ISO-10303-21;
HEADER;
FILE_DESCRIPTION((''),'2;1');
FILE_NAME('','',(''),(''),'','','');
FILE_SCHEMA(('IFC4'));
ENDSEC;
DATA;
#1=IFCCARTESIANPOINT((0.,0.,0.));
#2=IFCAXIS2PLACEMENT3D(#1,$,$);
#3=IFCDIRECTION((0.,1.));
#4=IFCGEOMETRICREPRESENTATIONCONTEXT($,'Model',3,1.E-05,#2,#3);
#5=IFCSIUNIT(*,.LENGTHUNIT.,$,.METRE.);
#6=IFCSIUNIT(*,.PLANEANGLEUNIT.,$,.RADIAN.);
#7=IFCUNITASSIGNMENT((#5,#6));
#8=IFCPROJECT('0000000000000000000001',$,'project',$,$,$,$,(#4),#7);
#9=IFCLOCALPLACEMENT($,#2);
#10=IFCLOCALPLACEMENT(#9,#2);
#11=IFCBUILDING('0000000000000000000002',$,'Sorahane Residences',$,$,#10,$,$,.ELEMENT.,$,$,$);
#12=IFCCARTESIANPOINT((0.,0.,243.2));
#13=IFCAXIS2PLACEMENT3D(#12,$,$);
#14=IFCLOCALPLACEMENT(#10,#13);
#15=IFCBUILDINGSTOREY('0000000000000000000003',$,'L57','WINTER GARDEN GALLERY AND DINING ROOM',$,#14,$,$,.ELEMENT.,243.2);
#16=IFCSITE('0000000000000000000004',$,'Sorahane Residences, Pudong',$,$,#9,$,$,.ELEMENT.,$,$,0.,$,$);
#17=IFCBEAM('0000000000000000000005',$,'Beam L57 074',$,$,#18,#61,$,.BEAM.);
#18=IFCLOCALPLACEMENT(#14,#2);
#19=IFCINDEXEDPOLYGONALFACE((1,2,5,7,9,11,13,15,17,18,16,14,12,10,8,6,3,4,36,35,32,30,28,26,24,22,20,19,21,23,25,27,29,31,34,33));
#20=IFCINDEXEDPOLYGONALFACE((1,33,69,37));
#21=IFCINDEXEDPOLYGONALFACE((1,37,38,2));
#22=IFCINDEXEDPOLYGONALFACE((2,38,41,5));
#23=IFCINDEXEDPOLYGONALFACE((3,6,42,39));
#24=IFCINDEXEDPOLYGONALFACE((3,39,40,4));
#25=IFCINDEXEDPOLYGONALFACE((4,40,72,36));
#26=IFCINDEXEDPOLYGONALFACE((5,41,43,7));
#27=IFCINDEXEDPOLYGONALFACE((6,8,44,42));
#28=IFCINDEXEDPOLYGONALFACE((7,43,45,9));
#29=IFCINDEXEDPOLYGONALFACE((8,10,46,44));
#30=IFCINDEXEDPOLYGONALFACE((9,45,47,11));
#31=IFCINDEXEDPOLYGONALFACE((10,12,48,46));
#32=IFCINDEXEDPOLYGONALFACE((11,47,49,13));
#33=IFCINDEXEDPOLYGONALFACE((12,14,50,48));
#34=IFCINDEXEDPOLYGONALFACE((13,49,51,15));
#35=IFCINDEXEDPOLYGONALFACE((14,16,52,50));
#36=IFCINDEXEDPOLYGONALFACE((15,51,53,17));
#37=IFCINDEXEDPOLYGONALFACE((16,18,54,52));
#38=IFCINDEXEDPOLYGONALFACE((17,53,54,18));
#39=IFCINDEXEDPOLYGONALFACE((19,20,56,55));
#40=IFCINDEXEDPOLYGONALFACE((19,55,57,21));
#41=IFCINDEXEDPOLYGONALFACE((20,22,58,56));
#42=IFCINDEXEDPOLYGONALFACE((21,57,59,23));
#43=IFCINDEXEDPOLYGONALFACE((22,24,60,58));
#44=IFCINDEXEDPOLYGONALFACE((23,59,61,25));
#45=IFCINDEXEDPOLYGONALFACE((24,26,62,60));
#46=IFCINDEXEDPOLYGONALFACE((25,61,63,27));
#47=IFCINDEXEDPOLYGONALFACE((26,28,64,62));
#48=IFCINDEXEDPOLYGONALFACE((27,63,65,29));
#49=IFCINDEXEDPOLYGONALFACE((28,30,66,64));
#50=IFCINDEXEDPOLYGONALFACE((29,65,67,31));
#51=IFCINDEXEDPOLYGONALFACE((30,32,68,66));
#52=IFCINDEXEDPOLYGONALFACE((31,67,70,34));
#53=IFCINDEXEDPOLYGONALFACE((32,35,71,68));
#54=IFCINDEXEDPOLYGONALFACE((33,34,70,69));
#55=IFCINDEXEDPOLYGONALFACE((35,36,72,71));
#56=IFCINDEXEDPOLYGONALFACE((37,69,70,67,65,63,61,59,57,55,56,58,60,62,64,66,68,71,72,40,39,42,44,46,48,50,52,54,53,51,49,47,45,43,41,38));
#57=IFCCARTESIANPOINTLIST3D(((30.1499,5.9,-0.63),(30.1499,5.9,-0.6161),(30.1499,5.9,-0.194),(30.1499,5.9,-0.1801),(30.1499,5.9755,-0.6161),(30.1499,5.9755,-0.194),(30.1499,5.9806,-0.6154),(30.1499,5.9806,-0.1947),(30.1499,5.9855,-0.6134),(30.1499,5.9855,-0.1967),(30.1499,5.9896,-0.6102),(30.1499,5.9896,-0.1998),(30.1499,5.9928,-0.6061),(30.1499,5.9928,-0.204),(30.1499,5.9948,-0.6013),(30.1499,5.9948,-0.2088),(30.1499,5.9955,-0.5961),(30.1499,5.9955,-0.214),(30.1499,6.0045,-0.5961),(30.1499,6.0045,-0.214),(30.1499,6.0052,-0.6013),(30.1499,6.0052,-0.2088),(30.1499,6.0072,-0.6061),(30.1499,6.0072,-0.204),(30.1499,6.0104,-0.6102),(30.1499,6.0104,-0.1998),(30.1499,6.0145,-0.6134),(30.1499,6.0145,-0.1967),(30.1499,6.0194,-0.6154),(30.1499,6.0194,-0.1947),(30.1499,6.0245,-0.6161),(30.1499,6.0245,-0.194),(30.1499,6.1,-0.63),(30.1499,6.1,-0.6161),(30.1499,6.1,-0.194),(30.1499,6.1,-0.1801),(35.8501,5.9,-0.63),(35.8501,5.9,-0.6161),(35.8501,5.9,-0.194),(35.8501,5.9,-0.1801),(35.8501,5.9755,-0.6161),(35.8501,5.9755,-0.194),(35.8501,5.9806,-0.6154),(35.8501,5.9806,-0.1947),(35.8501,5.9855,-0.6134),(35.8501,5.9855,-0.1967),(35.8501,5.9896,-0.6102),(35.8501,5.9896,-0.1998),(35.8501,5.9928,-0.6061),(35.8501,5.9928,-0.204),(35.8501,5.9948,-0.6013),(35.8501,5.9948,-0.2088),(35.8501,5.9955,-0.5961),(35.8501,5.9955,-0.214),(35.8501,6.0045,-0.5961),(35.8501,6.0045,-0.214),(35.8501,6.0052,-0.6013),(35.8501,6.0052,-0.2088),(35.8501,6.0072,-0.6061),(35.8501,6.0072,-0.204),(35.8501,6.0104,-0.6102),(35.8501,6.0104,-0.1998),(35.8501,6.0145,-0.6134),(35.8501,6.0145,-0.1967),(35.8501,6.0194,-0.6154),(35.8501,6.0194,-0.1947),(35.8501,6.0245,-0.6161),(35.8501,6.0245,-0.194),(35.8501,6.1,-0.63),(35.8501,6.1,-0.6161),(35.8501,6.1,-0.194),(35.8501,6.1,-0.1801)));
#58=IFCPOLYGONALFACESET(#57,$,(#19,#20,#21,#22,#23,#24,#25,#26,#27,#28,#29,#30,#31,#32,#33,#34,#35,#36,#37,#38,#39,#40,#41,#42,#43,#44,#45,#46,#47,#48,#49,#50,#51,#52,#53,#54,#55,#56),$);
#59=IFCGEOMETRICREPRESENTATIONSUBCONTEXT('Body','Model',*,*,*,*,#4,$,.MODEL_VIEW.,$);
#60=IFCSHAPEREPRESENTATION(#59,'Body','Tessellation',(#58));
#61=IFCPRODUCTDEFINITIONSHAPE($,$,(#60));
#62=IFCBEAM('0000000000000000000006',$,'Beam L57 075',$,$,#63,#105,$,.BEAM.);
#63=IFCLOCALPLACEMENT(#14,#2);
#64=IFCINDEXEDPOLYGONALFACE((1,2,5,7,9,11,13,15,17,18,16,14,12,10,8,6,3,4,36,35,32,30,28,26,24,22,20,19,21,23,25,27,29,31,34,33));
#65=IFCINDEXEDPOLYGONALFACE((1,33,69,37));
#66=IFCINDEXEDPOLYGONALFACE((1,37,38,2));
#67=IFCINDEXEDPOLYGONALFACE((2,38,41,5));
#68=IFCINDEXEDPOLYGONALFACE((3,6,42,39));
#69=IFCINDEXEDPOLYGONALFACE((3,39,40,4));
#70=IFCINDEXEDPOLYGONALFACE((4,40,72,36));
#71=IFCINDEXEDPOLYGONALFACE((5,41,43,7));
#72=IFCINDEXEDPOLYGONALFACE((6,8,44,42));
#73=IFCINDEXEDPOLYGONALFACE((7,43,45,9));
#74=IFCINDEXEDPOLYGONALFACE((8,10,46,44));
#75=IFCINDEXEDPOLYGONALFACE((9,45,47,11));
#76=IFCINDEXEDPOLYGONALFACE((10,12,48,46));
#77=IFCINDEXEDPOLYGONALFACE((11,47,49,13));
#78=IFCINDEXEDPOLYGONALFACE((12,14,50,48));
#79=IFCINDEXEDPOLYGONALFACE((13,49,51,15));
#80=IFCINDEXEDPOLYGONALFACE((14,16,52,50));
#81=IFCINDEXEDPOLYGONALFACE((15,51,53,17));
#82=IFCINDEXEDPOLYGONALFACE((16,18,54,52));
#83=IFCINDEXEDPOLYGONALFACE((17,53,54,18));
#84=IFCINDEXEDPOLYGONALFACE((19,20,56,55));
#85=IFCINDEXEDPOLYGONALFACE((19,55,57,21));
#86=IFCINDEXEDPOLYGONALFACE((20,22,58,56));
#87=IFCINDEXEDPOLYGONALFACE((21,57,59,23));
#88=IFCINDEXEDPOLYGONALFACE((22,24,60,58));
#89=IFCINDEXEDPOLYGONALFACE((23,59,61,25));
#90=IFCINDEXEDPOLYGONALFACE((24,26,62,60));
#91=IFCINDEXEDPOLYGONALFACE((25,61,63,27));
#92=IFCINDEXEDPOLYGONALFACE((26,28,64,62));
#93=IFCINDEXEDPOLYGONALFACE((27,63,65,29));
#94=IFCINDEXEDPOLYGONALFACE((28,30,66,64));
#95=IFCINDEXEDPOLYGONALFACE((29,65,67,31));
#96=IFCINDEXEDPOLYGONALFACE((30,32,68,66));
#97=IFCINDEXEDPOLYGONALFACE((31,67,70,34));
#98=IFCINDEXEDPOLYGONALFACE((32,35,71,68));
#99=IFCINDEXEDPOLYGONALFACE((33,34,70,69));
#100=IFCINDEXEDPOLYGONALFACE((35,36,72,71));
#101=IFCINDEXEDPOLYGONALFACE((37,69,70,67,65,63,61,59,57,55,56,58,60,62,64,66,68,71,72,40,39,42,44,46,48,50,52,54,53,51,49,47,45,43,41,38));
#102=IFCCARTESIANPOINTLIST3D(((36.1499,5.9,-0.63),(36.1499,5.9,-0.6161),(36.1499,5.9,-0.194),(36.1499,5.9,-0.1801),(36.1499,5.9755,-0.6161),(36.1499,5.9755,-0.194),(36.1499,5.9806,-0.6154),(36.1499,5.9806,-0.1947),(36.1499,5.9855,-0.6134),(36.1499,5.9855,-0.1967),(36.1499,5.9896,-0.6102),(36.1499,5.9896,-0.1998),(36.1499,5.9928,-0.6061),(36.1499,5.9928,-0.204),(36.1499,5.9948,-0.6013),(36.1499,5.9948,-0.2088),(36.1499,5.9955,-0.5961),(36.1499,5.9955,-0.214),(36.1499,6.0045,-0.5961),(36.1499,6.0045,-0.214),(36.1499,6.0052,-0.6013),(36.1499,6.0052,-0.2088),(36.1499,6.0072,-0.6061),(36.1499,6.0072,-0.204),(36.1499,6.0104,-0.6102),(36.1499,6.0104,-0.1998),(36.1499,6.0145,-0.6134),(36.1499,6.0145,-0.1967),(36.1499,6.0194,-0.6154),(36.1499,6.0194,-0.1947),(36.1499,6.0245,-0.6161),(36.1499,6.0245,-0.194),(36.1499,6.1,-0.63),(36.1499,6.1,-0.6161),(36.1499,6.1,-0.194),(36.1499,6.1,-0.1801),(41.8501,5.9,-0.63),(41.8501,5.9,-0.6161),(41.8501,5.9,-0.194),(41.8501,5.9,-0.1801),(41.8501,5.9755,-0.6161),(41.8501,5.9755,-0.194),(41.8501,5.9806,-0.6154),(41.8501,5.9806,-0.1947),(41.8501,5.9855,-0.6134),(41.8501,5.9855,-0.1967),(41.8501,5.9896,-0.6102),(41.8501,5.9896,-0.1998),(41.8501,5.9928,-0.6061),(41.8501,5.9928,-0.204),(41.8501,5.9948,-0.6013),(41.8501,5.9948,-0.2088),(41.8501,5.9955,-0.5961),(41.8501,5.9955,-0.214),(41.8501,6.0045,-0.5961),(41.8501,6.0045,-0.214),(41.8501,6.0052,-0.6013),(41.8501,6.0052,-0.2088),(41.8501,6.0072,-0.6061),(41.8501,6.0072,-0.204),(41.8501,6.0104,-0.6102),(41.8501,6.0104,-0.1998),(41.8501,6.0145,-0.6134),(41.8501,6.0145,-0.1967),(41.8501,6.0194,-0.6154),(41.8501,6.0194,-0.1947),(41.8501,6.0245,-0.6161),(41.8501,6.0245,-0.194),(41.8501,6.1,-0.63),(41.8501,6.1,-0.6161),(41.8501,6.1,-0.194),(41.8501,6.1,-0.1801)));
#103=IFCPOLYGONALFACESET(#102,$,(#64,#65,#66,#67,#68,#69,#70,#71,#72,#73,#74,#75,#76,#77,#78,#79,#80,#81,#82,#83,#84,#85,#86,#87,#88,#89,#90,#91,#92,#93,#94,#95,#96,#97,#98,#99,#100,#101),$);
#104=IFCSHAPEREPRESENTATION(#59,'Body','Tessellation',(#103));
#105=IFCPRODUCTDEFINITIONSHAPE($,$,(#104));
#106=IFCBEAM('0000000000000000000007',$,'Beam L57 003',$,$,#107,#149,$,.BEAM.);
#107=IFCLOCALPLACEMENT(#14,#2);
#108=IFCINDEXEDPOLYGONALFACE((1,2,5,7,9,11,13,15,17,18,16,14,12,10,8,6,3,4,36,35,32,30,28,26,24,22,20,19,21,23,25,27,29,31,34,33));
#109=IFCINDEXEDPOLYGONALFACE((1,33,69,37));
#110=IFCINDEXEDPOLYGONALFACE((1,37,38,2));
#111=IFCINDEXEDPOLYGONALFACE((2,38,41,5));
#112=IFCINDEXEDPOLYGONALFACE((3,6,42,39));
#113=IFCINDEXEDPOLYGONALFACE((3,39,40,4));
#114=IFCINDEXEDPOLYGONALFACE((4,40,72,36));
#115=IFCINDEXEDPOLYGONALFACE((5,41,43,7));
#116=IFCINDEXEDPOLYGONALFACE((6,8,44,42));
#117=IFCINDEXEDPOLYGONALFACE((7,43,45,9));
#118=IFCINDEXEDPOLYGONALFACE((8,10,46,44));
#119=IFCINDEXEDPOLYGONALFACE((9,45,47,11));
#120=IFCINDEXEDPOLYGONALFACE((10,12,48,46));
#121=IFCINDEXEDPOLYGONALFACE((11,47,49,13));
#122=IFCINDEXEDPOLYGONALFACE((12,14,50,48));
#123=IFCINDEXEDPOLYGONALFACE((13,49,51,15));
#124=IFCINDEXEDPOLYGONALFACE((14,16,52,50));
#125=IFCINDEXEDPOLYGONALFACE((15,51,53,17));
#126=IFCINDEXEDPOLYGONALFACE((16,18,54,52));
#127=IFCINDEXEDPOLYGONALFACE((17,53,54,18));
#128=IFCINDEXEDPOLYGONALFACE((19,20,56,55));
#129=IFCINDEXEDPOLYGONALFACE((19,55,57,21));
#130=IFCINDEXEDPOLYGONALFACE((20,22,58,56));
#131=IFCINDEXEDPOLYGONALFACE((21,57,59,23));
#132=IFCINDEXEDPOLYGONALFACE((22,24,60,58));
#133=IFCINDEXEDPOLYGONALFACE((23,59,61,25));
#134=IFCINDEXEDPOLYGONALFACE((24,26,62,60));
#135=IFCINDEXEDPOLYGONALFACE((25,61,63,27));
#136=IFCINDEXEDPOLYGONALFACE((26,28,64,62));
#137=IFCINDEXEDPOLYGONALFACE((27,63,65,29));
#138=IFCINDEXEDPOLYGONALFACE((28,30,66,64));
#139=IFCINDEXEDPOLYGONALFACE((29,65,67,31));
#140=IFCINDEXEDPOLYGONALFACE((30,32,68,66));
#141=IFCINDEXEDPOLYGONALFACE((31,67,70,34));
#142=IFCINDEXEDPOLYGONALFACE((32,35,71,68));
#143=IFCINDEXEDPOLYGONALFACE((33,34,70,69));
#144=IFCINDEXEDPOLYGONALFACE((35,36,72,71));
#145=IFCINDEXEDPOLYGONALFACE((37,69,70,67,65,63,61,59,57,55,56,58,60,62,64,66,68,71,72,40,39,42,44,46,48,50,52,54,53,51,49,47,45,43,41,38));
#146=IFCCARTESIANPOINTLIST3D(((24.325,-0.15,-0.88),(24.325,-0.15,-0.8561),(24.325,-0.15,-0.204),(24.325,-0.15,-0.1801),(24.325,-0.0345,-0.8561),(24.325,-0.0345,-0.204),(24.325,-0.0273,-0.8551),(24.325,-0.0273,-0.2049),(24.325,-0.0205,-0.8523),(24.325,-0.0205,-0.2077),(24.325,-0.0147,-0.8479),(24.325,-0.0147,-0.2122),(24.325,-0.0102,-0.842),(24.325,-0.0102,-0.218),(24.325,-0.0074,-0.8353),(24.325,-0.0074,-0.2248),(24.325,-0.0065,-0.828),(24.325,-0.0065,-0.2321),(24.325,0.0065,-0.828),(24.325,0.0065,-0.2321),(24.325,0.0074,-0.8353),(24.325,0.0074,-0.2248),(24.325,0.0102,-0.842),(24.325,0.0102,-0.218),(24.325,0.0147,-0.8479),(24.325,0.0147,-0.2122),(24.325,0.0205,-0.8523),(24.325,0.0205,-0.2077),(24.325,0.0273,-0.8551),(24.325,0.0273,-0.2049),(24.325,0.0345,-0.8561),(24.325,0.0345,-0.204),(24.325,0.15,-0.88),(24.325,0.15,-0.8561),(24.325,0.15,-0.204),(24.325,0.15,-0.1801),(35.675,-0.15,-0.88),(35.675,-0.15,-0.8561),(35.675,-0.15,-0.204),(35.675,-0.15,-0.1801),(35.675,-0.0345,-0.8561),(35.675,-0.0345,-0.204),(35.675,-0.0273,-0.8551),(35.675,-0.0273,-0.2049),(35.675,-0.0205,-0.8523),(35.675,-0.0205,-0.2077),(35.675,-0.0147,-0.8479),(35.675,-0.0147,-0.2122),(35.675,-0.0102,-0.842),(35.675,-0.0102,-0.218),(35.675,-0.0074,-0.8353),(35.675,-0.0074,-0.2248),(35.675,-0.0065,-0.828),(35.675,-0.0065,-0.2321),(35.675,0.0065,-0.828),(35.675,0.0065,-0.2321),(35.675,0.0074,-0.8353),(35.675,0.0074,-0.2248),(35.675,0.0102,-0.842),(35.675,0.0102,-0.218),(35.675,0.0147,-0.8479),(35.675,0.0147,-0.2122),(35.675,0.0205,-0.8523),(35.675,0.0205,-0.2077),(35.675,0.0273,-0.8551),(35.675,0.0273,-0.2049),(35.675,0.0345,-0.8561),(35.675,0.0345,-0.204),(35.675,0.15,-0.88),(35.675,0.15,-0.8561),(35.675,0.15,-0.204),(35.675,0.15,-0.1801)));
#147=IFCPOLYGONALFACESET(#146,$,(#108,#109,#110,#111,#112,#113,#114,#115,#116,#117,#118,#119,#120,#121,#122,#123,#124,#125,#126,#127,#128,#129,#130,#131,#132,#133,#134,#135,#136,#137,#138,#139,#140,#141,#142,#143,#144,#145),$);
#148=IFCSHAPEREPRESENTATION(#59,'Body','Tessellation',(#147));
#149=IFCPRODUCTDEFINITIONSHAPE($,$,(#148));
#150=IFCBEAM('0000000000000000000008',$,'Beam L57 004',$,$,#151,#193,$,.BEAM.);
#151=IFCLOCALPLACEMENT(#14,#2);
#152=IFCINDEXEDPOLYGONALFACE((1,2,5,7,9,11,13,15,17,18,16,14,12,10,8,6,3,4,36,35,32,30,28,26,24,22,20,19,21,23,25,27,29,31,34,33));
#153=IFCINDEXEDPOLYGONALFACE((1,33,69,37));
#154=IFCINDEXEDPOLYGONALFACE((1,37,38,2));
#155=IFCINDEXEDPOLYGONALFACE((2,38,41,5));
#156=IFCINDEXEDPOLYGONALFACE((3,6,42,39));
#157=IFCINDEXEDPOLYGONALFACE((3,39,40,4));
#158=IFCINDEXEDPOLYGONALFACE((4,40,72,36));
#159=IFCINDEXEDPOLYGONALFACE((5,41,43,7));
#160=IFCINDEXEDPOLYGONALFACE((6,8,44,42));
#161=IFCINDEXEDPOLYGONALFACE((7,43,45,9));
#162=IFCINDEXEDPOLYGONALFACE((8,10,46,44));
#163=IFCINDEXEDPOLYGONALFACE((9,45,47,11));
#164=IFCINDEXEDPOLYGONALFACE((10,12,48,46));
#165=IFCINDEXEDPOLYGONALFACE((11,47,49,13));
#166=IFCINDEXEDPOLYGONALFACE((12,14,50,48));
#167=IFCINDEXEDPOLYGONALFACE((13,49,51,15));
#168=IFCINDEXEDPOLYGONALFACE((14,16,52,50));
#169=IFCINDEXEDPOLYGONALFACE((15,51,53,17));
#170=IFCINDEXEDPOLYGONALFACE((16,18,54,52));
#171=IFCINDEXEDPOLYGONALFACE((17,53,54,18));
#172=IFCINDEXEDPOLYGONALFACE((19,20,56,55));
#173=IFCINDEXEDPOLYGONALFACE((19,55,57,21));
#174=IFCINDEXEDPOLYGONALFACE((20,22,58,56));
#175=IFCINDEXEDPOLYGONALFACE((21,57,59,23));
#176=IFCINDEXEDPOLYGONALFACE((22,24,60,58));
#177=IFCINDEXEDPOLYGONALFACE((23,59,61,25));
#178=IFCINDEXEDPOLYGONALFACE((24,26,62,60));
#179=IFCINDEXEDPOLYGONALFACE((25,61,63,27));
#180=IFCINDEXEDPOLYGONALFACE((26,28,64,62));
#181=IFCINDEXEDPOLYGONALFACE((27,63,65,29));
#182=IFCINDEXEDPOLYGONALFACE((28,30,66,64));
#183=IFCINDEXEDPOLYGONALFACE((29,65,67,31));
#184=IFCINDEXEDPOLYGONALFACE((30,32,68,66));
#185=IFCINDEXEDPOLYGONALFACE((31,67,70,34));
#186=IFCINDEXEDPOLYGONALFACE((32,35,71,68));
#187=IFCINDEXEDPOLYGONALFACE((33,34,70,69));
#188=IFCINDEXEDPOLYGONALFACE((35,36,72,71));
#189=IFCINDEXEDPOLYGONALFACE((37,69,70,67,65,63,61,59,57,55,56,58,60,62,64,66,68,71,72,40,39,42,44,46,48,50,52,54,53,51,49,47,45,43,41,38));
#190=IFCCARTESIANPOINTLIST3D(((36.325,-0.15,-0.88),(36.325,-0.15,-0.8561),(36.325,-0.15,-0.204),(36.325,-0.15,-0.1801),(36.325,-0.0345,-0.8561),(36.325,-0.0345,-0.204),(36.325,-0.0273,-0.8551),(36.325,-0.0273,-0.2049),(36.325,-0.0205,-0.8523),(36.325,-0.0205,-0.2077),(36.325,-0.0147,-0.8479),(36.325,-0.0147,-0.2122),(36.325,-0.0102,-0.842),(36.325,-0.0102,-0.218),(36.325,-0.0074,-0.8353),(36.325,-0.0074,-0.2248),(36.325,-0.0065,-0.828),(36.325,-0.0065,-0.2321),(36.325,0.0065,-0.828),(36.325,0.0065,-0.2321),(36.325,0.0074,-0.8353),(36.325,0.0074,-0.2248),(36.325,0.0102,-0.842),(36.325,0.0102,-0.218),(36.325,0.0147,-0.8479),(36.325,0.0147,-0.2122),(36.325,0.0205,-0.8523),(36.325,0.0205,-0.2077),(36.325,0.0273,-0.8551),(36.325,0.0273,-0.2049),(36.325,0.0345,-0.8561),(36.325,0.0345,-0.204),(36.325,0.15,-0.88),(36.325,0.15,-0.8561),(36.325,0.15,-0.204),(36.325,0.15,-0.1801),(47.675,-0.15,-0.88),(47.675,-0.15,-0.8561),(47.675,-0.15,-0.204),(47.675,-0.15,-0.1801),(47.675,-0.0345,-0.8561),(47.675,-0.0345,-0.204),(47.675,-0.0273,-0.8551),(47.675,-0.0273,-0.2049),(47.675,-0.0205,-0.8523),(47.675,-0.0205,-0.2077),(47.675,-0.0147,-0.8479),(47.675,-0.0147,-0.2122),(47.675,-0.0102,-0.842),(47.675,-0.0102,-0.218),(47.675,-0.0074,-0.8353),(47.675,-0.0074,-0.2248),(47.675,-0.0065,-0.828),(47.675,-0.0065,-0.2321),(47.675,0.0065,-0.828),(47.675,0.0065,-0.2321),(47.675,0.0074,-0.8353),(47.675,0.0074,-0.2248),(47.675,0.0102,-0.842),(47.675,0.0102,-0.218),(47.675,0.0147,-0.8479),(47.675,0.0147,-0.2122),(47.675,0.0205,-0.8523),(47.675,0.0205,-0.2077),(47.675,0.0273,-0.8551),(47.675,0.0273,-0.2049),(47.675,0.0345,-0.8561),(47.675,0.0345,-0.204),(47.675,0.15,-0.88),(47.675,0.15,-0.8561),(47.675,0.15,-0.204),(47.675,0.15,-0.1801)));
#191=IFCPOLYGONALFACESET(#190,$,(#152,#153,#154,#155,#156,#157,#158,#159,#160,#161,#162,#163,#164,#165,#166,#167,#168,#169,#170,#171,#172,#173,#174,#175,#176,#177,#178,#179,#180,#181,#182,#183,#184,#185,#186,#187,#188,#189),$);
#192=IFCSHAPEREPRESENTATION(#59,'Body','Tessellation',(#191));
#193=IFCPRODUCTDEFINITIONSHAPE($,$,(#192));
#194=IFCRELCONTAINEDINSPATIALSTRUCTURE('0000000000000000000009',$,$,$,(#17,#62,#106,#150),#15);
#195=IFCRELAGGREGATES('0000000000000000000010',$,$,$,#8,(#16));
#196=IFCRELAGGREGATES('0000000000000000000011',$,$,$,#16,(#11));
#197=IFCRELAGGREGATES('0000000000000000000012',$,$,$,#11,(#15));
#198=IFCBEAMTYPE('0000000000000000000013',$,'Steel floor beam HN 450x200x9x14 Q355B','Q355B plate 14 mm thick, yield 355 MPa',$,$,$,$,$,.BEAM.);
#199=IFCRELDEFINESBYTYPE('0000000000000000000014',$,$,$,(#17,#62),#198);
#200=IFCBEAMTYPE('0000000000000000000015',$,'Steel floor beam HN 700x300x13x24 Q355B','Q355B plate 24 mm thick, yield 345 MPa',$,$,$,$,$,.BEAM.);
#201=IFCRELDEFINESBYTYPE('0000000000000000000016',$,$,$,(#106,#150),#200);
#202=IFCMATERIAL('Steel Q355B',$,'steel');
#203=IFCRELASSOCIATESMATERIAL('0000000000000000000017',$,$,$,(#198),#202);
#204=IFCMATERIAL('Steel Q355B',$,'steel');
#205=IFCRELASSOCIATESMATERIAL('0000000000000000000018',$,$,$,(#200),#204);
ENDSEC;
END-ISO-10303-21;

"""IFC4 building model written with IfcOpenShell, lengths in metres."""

from ifc_helpers import new_model, si_unit, direction, frame, origin, origin_2d, place, context, subcontext, project, spatial, i_section, extrude, material, material_profile, profile_set, type_object, element, save


model = new_model("IFC4")

# Units and contexts
model_context = context("Model", 3, precision=1e-05, world=origin(), true_north=direction((0.0, 1.0)))
body_context = subcontext(model_context, "Body", "Model", "MODEL_VIEW")
ifc_project = project(units=[si_unit("LENGTHUNIT", "METRE"), si_unit("PLANEANGLEUNIT", "RADIAN")], contexts=[model_context])

# Site, building, storey
site_placement = place(None, origin())
site = spatial("IfcSite", under=ifc_project, at=site_placement, Name="Sorahane Residences, Pudong", CompositionType="ELEMENT", RefElevation=0.0)
building_placement = place(site_placement, origin())
building = spatial("IfcBuilding", under=site, at=building_placement, Name="Sorahane Residences", CompositionType="ELEMENT")
storey_placement = place(building_placement, frame((0.0, 0.0, 243.2)))
storey = spatial("IfcBuildingStorey", under=building, at=storey_placement, Name="L57", Description="WINTER GARDEN GALLERY AND DINING ROOM", CompositionType="ELEMENT", Elevation=243.2)

# Beams
ifc_material_1 = material(Name="Steel Q355B", Category="steel")
ifc_material_profile_1 = material_profile(ifc_material_1, i_section(OverallWidth=0.2, OverallDepth=0.45, WebThickness=0.009, FlangeThickness=0.0139, FilletRadius=0.02, at=origin_2d()), Name="HN 450x200x9x14")
ifc_profile_set_1 = profile_set([ifc_material_profile_1], Name="Steel Q355B")
beam_type_1 = type_object("IfcBeamType", Name="Steel floor beam HN 450x200x9x14 Q355B", Description="Q355B plate 14 mm thick, yield 355 MPa", PredefinedType="BEAM", material=ifc_profile_set_1)
for number, where, z_axis, x_axis, name in (
    (1, (30.1499, 6.0, -0.405), (1.0, 0.0, 0.0), (0.0, 1.0, 0.0), "Beam L57 074"),
    (2, (36.1499, 6.0, -0.405), (1.0, 0.0, 0.0), (0.0, 1.0, 0.0), "Beam L57 075"),
):
    element("IfcBeam", number, at=place(storey_placement, frame(where, z_axis=z_axis, x_axis=x_axis)), inside=storey, type_object=beam_type_1, Name=name, PredefinedType="BEAM", context=body_context, shape_type="SweptSolid", body=[
        extrude(i_section(OverallWidth=0.2, OverallDepth=0.45, WebThickness=0.009, FlangeThickness=0.0139, FilletRadius=0.02, at=origin_2d()), origin(), (0.0, 0.0, 1.0), 5.7002),
    ])
ifc_material_2 = material(Name="Steel Q355B", Category="steel")
ifc_material_profile_2 = material_profile(ifc_material_2, i_section(OverallWidth=0.3, OverallDepth=0.7, WebThickness=0.0129, FlangeThickness=0.0239, FilletRadius=0.0281, at=origin_2d()), Name="HN 700x300x13x24")
ifc_profile_set_2 = profile_set([ifc_material_profile_2], Name="Steel Q355B")
beam_type_2 = type_object("IfcBeamType", Name="Steel floor beam HN 700x300x13x24 Q355B", Description="Q355B plate 24 mm thick, yield 345 MPa", PredefinedType="BEAM", material=ifc_profile_set_2)
for number, where, z_axis, x_axis, name in (
    (3, (24.325, 0.0, -0.53), (1.0, 0.0, 0.0), (0.0, 1.0, 0.0), "Beam L57 003"),
    (4, (36.325, 0.0, -0.53), (1.0, 0.0, 0.0), (0.0, 1.0, 0.0), "Beam L57 004"),
):
    element("IfcBeam", number, at=place(storey_placement, frame(where, z_axis=z_axis, x_axis=x_axis)), inside=storey, type_object=beam_type_2, Name=name, PredefinedType="BEAM", context=body_context, shape_type="SweptSolid", body=[
        extrude(i_section(OverallWidth=0.3, OverallDepth=0.7, WebThickness=0.0129, FlangeThickness=0.0239, FilletRadius=0.0281, at=origin_2d()), origin(), (0.0, 0.0, 1.0), 11.3501),
    ])

save(model, "model.ifc")
